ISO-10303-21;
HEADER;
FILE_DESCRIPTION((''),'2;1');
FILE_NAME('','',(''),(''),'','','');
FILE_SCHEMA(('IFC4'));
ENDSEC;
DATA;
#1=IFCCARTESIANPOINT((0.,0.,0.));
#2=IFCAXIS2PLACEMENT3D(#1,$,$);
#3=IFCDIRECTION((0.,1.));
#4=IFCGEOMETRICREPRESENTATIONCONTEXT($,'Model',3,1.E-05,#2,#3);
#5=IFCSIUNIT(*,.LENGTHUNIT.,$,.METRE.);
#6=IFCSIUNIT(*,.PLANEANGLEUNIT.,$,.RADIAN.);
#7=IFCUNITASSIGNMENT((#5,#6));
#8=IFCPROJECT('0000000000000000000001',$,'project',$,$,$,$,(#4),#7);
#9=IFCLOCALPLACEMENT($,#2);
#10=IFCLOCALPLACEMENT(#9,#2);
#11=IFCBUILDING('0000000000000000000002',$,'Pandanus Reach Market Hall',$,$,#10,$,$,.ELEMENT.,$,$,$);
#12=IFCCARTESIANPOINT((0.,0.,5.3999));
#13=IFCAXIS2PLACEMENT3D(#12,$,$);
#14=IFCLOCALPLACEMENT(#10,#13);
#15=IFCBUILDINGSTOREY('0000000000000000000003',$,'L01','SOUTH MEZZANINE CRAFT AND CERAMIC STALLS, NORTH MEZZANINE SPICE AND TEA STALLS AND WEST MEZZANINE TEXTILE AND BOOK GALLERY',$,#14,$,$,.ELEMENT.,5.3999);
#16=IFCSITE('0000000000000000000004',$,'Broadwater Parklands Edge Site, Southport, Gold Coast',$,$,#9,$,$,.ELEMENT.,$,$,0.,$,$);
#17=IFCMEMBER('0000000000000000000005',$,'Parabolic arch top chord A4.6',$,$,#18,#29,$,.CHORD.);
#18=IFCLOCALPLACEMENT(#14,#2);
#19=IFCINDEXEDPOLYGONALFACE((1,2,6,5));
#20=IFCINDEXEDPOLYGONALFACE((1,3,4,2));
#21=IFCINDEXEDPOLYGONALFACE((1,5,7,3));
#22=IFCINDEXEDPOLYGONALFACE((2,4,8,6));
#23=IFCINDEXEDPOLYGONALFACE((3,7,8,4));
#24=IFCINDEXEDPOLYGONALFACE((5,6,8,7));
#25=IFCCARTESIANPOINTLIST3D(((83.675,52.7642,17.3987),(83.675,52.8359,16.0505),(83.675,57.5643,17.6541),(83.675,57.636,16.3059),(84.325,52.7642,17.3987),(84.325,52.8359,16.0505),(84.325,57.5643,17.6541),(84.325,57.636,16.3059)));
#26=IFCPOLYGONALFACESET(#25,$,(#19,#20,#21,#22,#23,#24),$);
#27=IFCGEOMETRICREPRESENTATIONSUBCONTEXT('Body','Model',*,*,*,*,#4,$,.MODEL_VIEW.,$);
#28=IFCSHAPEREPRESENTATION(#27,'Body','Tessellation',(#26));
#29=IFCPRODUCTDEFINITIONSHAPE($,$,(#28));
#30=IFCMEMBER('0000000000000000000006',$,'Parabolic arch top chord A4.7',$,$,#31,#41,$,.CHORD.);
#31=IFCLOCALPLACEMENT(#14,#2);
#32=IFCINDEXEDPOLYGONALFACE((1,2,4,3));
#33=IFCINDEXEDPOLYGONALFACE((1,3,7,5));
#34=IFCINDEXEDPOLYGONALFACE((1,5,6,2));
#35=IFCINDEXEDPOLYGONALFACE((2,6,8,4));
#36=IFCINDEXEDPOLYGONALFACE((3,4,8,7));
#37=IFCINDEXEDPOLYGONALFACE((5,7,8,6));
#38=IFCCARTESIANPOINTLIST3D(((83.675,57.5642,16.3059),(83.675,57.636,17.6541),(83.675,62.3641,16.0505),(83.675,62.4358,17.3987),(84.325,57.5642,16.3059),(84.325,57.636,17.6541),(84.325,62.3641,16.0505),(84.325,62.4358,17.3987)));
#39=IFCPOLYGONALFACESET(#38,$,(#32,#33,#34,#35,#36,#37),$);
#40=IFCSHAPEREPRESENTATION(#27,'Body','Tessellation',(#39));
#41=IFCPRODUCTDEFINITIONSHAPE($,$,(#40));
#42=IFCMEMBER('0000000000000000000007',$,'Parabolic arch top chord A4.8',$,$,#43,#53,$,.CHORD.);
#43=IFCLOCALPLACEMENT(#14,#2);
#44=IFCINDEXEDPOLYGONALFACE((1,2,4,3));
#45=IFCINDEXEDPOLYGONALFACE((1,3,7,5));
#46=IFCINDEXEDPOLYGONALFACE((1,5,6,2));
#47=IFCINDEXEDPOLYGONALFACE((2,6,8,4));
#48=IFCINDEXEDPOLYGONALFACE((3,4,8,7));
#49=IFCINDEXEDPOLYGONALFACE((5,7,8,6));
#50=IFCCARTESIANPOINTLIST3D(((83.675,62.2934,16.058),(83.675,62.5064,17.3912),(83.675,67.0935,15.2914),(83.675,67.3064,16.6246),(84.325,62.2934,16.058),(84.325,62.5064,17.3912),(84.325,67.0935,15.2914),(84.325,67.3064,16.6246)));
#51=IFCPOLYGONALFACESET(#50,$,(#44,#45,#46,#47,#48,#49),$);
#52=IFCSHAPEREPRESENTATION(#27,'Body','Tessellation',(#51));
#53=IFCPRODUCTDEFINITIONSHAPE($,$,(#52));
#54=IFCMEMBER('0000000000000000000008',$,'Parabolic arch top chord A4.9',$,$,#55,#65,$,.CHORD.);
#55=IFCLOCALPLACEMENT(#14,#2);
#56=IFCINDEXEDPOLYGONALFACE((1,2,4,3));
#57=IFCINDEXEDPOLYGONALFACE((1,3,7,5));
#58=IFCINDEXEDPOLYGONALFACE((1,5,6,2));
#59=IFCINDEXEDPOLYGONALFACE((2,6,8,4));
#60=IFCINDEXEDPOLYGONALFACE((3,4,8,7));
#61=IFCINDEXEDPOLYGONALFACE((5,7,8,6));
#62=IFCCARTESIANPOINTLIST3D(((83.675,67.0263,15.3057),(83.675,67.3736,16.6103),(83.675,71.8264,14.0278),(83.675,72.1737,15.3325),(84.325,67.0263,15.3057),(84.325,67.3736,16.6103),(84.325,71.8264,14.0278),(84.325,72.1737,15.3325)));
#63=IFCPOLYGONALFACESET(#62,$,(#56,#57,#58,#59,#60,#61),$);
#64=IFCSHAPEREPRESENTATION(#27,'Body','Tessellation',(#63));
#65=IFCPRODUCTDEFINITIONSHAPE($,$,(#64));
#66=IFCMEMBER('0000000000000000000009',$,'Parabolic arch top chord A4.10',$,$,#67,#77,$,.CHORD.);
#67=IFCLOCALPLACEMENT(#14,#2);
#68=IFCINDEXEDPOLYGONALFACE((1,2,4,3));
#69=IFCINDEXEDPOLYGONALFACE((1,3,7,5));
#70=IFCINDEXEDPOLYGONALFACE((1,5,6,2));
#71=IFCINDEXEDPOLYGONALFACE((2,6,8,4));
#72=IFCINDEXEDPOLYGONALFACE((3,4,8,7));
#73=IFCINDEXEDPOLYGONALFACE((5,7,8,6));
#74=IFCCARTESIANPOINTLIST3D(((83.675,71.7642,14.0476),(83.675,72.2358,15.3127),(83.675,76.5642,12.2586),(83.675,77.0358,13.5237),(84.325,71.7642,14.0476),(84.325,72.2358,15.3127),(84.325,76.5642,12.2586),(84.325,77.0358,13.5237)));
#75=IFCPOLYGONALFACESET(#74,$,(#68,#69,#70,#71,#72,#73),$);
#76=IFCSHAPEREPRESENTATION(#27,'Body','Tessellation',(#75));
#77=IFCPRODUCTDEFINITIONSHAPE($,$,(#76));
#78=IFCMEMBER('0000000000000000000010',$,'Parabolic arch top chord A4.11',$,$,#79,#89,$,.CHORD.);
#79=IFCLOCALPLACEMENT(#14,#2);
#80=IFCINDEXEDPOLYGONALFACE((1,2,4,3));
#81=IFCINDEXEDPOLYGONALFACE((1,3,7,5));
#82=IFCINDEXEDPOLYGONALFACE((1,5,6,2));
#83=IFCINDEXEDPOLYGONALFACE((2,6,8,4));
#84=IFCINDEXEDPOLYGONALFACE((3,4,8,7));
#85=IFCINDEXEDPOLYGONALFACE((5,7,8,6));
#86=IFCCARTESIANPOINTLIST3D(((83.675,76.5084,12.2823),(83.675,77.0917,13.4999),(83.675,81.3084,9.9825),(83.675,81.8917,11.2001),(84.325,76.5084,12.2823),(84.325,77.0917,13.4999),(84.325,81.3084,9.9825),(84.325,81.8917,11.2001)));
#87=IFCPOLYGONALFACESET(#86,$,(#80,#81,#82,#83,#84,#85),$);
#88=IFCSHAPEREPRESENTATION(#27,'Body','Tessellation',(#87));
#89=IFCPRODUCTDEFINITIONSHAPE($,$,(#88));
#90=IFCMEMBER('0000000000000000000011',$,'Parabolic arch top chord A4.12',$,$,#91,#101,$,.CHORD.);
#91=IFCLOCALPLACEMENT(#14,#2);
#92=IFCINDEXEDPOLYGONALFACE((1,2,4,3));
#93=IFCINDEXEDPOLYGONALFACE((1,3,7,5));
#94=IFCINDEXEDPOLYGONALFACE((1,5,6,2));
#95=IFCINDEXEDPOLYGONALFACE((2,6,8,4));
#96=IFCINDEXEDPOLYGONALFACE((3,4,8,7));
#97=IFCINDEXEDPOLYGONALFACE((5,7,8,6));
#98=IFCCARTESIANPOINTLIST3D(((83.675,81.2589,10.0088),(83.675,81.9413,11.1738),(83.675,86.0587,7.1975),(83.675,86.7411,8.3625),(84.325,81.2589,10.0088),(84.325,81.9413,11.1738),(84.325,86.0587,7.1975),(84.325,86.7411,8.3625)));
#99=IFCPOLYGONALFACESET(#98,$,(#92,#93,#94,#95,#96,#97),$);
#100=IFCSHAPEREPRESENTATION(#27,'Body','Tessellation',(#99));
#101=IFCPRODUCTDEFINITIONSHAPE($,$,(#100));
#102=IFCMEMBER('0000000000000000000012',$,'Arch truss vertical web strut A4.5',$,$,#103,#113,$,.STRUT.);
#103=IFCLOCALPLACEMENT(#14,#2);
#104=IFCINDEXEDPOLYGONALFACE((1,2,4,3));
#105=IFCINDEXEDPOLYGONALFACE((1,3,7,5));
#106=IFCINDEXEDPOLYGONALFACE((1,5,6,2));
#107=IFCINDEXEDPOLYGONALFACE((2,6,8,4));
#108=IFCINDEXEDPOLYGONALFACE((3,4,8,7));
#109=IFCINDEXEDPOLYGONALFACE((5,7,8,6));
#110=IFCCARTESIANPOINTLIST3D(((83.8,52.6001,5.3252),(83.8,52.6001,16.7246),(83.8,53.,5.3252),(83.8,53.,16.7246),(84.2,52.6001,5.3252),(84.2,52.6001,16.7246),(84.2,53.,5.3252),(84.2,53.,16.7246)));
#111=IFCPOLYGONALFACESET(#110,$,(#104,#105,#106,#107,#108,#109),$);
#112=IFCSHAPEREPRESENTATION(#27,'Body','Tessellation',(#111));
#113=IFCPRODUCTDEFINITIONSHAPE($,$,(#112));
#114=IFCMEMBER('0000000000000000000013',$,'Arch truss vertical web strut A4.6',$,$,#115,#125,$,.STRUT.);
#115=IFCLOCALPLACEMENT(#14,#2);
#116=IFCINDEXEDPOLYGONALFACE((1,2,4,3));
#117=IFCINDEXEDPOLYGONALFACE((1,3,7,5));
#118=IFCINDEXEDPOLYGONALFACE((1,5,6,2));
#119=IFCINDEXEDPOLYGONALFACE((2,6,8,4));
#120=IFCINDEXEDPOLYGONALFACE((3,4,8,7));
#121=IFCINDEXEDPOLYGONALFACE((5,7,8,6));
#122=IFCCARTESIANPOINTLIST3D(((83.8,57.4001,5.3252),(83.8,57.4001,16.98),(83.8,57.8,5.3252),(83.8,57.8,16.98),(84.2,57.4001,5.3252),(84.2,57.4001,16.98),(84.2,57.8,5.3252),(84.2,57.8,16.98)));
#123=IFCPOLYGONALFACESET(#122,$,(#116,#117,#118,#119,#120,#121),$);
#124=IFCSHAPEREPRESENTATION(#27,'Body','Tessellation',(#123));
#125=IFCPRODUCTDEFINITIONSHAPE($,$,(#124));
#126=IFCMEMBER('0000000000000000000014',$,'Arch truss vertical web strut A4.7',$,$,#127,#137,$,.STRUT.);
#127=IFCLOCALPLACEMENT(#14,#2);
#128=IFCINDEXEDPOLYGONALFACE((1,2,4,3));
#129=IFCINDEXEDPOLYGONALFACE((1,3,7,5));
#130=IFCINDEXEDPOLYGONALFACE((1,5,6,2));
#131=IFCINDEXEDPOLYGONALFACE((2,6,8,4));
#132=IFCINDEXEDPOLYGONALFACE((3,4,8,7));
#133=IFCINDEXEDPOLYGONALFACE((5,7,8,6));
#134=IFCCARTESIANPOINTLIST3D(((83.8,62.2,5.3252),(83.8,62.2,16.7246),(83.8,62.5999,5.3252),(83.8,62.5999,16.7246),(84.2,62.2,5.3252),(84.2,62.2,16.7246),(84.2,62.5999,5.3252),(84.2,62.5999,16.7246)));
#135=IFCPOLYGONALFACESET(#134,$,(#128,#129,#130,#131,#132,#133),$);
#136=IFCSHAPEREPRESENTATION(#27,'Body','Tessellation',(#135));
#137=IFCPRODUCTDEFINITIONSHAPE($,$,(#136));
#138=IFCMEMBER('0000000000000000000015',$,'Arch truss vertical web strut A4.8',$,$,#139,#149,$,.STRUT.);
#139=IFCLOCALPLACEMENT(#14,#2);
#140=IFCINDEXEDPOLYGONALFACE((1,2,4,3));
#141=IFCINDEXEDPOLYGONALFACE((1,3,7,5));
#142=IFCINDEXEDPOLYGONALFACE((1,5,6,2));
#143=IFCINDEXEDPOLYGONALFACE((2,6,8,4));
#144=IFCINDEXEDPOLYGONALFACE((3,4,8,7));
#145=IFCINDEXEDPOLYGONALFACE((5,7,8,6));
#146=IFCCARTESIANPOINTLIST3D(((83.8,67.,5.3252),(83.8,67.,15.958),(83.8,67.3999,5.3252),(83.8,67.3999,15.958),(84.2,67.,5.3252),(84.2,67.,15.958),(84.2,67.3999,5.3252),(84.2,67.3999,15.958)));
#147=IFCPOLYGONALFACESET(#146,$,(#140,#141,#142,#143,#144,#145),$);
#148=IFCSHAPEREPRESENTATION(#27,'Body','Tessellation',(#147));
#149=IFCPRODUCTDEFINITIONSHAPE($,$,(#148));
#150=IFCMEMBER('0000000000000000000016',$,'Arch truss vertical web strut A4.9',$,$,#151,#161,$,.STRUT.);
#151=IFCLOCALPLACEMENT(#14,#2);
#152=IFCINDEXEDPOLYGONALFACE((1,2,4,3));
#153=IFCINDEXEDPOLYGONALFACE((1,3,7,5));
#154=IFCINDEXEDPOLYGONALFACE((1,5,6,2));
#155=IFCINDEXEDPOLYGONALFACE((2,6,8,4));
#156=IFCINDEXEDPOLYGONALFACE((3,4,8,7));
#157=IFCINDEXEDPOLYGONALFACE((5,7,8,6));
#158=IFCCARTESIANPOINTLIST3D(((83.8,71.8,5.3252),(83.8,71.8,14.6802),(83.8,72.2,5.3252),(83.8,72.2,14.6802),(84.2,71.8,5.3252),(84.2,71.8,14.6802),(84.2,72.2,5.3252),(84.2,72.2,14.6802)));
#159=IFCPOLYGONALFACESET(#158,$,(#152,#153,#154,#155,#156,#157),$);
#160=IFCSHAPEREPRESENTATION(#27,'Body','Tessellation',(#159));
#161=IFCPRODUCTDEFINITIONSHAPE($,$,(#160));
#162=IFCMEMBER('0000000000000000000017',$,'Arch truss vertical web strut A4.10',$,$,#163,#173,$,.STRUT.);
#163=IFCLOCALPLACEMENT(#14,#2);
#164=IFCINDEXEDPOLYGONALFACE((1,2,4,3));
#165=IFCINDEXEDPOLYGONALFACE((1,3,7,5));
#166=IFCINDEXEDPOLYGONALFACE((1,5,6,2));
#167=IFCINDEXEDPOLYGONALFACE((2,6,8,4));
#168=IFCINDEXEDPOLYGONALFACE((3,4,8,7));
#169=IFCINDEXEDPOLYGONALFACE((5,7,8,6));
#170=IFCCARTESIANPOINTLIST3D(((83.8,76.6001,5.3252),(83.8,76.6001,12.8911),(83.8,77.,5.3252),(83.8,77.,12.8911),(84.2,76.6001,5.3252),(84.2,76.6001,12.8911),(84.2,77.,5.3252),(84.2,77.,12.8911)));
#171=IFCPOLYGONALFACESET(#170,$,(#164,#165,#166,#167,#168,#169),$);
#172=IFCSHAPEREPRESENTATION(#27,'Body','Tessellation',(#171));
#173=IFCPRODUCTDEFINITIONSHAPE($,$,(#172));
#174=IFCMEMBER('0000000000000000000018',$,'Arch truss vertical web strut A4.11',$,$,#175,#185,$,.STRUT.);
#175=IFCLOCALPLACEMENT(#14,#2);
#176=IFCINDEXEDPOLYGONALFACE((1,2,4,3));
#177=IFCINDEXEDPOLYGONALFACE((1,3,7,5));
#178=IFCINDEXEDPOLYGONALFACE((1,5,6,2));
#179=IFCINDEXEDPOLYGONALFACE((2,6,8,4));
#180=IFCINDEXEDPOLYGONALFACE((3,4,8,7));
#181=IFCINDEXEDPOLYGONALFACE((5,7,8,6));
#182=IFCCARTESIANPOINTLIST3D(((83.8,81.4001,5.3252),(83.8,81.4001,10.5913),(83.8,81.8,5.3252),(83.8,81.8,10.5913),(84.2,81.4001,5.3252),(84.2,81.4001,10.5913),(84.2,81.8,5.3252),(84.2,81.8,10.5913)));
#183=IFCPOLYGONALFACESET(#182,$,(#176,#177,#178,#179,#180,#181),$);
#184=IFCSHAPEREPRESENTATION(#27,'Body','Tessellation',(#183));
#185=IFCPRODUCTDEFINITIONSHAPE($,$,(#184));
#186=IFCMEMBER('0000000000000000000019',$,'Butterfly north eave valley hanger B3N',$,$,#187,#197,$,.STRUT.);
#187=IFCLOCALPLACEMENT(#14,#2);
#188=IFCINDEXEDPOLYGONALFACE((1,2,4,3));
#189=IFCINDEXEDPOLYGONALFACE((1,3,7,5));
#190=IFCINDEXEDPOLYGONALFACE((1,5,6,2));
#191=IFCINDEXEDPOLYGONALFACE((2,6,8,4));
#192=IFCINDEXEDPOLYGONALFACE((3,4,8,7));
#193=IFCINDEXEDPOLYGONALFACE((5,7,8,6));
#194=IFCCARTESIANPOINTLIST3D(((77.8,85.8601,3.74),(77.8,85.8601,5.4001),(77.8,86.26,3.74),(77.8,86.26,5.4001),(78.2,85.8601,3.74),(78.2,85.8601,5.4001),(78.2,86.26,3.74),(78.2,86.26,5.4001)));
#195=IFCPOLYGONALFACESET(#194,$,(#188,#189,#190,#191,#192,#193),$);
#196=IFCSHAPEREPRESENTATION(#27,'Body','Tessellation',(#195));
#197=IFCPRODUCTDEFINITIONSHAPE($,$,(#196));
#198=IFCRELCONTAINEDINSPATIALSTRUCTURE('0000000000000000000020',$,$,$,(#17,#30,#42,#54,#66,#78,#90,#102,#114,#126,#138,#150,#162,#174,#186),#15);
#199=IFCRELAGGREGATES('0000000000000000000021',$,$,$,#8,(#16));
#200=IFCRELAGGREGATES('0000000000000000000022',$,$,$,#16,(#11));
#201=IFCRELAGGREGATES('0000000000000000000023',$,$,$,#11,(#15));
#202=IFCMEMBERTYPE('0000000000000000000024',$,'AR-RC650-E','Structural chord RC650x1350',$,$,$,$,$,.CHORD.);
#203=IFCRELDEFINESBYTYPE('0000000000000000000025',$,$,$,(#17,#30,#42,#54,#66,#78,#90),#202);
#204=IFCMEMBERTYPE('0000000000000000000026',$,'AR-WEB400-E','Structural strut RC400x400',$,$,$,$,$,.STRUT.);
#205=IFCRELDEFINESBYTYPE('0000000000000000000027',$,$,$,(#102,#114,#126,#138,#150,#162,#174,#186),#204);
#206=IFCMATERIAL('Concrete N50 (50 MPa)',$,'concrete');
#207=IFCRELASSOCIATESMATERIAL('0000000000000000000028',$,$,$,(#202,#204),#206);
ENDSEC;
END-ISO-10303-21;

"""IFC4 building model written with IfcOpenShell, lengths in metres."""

from ifc_helpers import new_model, si_unit, direction, frame, origin, origin_2d, place, context, subcontext, project, spatial, rectangle, extrude, material, material_profile, profile_set, type_object, element, save


model = new_model("IFC4")

# Units and contexts
model_context = context("Model", 3, precision=1e-05, world=origin(), true_north=direction((0.0, 1.0)))
body_context = subcontext(model_context, "Body", "Model", "MODEL_VIEW")
ifc_project = project(units=[si_unit("LENGTHUNIT", "METRE"), si_unit("PLANEANGLEUNIT", "RADIAN")], contexts=[model_context])

# Site, building, storey
site_placement = place(None, origin())
site = spatial("IfcSite", under=ifc_project, at=site_placement, Name="Broadwater Parklands Edge Site, Southport, Gold Coast", CompositionType="ELEMENT", RefElevation=0.0)
building_placement = place(site_placement, origin())
building = spatial("IfcBuilding", under=site, at=building_placement, Name="Pandanus Reach Market Hall", CompositionType="ELEMENT")
storey_placement = place(building_placement, frame((0.0, 0.0, 5.3999)))
storey = spatial("IfcBuildingStorey", under=building, at=storey_placement, Name="L01", Description="SOUTH MEZZANINE CRAFT AND CERAMIC STALLS, NORTH MEZZANINE SPICE AND TEA STALLS AND WEST MEZZANINE TEXTILE AND BOOK GALLERY", CompositionType="ELEMENT", Elevation=5.3999)

# Members
ifc_material_1 = material(Name="Concrete N50 (50 MPa)", Category="concrete")
ifc_material_profile_1 = material_profile(ifc_material_1, rectangle(XDim=0.6499, YDim=1.3501, at=origin_2d()), Name="RC650x1350", Category="LoadBearing")
ifc_profile_set_1 = profile_set([ifc_material_profile_1], Name="Concrete N50 (50 MPa)")
member_type_1 = type_object("IfcMemberType", Name="AR-RC650-E", Description="Structural chord RC650x1350", PredefinedType="CHORD", material=ifc_profile_set_1)
member_1_placement = place(storey_placement, frame((84.0, 52.8, 16.7246), z_axis=(0.0, 0.998588, 0.053127), x_axis=(-1.0, 0.0, 0.0)))
element("IfcMember", 1, at=member_1_placement, inside=storey, type_object=member_type_1, Name="Parabolic arch top chord A4.6", PredefinedType="CHORD", context=body_context, shape_type="SweptSolid", body=[
    extrude(rectangle(XDim=0.6499, YDim=1.3501, at=origin_2d()), origin(), (0.0, 0.0, 1.0), 4.8069),
])
member_2_placement = place(storey_placement, frame((84.0, 57.6001, 16.98), z_axis=(0.0, 0.998588, -0.053129), x_axis=(-1.0, 0.0, 0.0)))
element("IfcMember", 2, at=member_2_placement, inside=storey, type_object=member_type_1, Name="Parabolic arch top chord A4.7", PredefinedType="CHORD", context=body_context, shape_type="SweptSolid", body=[
    extrude(rectangle(XDim=0.6499, YDim=1.3501, at=origin_2d()), origin(), (0.0, 0.0, 1.0), 4.8066),
])
member_3_placement = place(storey_placement, frame((84.0, 62.3999, 16.7246), z_axis=(0.0, 0.987486, -0.157708), x_axis=(-1.0, 0.0, 0.0)))
element("IfcMember", 3, at=member_3_placement, inside=storey, type_object=member_type_1, Name="Parabolic arch top chord A4.8", PredefinedType="CHORD", context=body_context, shape_type="SweptSolid", body=[
    extrude(rectangle(XDim=0.6499, YDim=1.3501, at=origin_2d()), origin(), (0.0, 0.0, 1.0), 4.8608),
])
member_4_placement = place(storey_placement, frame((84.0, 67.2, 15.958), z_axis=(0.0, 0.966344, -0.257253), x_axis=(-1.0, 0.0, 0.0)))
element("IfcMember", 4, at=member_4_placement, inside=storey, type_object=member_type_1, Name="Parabolic arch top chord A4.9", PredefinedType="CHORD", context=body_context, shape_type="SweptSolid", body=[
    extrude(rectangle(XDim=0.6499, YDim=1.3501, at=origin_2d()), origin(), (0.0, 0.0, 1.0), 4.9673),
])
member_5_placement = place(storey_placement, frame((84.0, 72.0, 14.6802), z_axis=(0.0, 0.93703, -0.349248), x_axis=(-1.0, 0.0, 0.0)))
element("IfcMember", 5, at=member_5_placement, inside=storey, type_object=member_type_1, Name="Parabolic arch top chord A4.10", PredefinedType="CHORD", context=body_context, shape_type="SweptSolid", body=[
    extrude(rectangle(XDim=0.6499, YDim=1.3501, at=origin_2d()), origin(), (0.0, 0.0, 1.0), 5.1226),
])
member_6_placement = place(storey_placement, frame((84.0, 76.8, 12.8911), z_axis=(0.0, 0.901832, -0.432087), x_axis=(-1.0, 0.0, 0.0)))
element("IfcMember", 6, at=member_6_placement, inside=storey, type_object=member_type_1, Name="Parabolic arch top chord A4.11", PredefinedType="CHORD", context=body_context, shape_type="SweptSolid", body=[
    extrude(rectangle(XDim=0.6499, YDim=1.3501, at=origin_2d()), origin(), (0.0, 0.0, 1.0), 5.3225),
])
member_7_placement = place(storey_placement, frame((84.0, 81.6001, 10.5913), z_axis=(0.0, 0.862886, -0.505398), x_axis=(-1.0, 0.0, 0.0)))
element("IfcMember", 7, at=member_7_placement, inside=storey, type_object=member_type_1, Name="Parabolic arch top chord A4.12", PredefinedType="CHORD", context=body_context, shape_type="SweptSolid", body=[
    extrude(rectangle(XDim=0.6499, YDim=1.3501, at=origin_2d()), origin(), (0.0, 0.0, 1.0), 5.5625),
])
ifc_material_profile_2 = material_profile(ifc_material_1, rectangle(XDim=0.3999, YDim=0.3999, at=origin_2d()), Name="RC400x400", Category="LoadBearing")
ifc_profile_set_2 = profile_set([ifc_material_profile_2], Name="Concrete N50 (50 MPa)")
member_type_2 = type_object("IfcMemberType", Name="AR-WEB400-E", Description="Structural strut RC400x400", PredefinedType="STRUT", material=ifc_profile_set_2)
member_8_placement = place(storey_placement, frame((84.0, 52.8, 5.3252), z_axis=(0.0, 0.0, 1.0), x_axis=(1.0, 0.0, 0.0)))
element("IfcMember", 8, at=member_8_placement, inside=storey, type_object=member_type_2, Name="Arch truss vertical web strut A4.5", PredefinedType="STRUT", context=body_context, shape_type="SweptSolid", body=[
    extrude(rectangle(XDim=0.3999, YDim=0.3999, at=origin_2d()), origin(), (0.0, 0.0, 1.0), 11.3994),
])
member_9_placement = place(storey_placement, frame((84.0, 57.6001, 5.3252), z_axis=(0.0, 0.0, 1.0), x_axis=(1.0, 0.0, 0.0)))
element("IfcMember", 9, at=member_9_placement, inside=storey, type_object=member_type_2, Name="Arch truss vertical web strut A4.6", PredefinedType="STRUT", context=body_context, shape_type="SweptSolid", body=[
    extrude(rectangle(XDim=0.3999, YDim=0.3999, at=origin_2d()), origin(), (0.0, 0.0, 1.0), 11.6548),
])
member_10_placement = place(storey_placement, frame((84.0, 62.3999, 5.3252), z_axis=(0.0, 0.0, 1.0), x_axis=(1.0, 0.0, 0.0)))
element("IfcMember", 10, at=member_10_placement, inside=storey, type_object=member_type_2, Name="Arch truss vertical web strut A4.7", PredefinedType="STRUT", context=body_context, shape_type="SweptSolid", body=[
    extrude(rectangle(XDim=0.3999, YDim=0.3999, at=origin_2d()), origin(), (0.0, 0.0, 1.0), 11.3994),
])
member_11_placement = place(storey_placement, frame((84.0, 67.2, 5.3252), z_axis=(0.0, 0.0, 1.0), x_axis=(1.0, 0.0, 0.0)))
element("IfcMember", 11, at=member_11_placement, inside=storey, type_object=member_type_2, Name="Arch truss vertical web strut A4.8", PredefinedType="STRUT", context=body_context, shape_type="SweptSolid", body=[
    extrude(rectangle(XDim=0.3999, YDim=0.3999, at=origin_2d()), origin(), (0.0, 0.0, 1.0), 10.6328),
])
member_12_placement = place(storey_placement, frame((84.0, 72.0, 5.3252), z_axis=(0.0, 0.0, 1.0), x_axis=(1.0, 0.0, 0.0)))
element("IfcMember", 12, at=member_12_placement, inside=storey, type_object=member_type_2, Name="Arch truss vertical web strut A4.9", PredefinedType="STRUT", context=body_context, shape_type="SweptSolid", body=[
    extrude(rectangle(XDim=0.3999, YDim=0.3999, at=origin_2d()), origin(), (0.0, 0.0, 1.0), 9.355),
])
member_13_placement = place(storey_placement, frame((84.0, 76.8, 5.3252), z_axis=(0.0, 0.0, 1.0), x_axis=(1.0, 0.0, 0.0)))
element("IfcMember", 13, at=member_13_placement, inside=storey, type_object=member_type_2, Name="Arch truss vertical web strut A4.10", PredefinedType="STRUT", context=body_context, shape_type="SweptSolid", body=[
    extrude(rectangle(XDim=0.3999, YDim=0.3999, at=origin_2d()), origin(), (0.0, 0.0, 1.0), 7.5659),
])
member_14_placement = place(storey_placement, frame((84.0, 81.6001, 5.3252), z_axis=(0.0, 0.0, 1.0), x_axis=(1.0, 0.0, 0.0)))
element("IfcMember", 14, at=member_14_placement, inside=storey, type_object=member_type_2, Name="Arch truss vertical web strut A4.11", PredefinedType="STRUT", context=body_context, shape_type="SweptSolid", body=[
    extrude(rectangle(XDim=0.3999, YDim=0.3999, at=origin_2d()), origin(), (0.0, 0.0, 1.0), 5.2661),
])
member_15_placement = place(storey_placement, frame((78.0, 86.0601, 3.74), z_axis=(0.0, 0.0, 1.0), x_axis=(1.0, 0.0, 0.0)))
element("IfcMember", 15, at=member_15_placement, inside=storey, type_object=member_type_2, Name="Butterfly north eave valley hanger B3N", PredefinedType="STRUT", context=body_context, shape_type="SweptSolid", body=[
    extrude(rectangle(XDim=0.3999, YDim=0.3999, at=origin_2d()), origin(), (0.0, 0.0, 1.0), 1.6602),
])

save(model, "model.ifc")
